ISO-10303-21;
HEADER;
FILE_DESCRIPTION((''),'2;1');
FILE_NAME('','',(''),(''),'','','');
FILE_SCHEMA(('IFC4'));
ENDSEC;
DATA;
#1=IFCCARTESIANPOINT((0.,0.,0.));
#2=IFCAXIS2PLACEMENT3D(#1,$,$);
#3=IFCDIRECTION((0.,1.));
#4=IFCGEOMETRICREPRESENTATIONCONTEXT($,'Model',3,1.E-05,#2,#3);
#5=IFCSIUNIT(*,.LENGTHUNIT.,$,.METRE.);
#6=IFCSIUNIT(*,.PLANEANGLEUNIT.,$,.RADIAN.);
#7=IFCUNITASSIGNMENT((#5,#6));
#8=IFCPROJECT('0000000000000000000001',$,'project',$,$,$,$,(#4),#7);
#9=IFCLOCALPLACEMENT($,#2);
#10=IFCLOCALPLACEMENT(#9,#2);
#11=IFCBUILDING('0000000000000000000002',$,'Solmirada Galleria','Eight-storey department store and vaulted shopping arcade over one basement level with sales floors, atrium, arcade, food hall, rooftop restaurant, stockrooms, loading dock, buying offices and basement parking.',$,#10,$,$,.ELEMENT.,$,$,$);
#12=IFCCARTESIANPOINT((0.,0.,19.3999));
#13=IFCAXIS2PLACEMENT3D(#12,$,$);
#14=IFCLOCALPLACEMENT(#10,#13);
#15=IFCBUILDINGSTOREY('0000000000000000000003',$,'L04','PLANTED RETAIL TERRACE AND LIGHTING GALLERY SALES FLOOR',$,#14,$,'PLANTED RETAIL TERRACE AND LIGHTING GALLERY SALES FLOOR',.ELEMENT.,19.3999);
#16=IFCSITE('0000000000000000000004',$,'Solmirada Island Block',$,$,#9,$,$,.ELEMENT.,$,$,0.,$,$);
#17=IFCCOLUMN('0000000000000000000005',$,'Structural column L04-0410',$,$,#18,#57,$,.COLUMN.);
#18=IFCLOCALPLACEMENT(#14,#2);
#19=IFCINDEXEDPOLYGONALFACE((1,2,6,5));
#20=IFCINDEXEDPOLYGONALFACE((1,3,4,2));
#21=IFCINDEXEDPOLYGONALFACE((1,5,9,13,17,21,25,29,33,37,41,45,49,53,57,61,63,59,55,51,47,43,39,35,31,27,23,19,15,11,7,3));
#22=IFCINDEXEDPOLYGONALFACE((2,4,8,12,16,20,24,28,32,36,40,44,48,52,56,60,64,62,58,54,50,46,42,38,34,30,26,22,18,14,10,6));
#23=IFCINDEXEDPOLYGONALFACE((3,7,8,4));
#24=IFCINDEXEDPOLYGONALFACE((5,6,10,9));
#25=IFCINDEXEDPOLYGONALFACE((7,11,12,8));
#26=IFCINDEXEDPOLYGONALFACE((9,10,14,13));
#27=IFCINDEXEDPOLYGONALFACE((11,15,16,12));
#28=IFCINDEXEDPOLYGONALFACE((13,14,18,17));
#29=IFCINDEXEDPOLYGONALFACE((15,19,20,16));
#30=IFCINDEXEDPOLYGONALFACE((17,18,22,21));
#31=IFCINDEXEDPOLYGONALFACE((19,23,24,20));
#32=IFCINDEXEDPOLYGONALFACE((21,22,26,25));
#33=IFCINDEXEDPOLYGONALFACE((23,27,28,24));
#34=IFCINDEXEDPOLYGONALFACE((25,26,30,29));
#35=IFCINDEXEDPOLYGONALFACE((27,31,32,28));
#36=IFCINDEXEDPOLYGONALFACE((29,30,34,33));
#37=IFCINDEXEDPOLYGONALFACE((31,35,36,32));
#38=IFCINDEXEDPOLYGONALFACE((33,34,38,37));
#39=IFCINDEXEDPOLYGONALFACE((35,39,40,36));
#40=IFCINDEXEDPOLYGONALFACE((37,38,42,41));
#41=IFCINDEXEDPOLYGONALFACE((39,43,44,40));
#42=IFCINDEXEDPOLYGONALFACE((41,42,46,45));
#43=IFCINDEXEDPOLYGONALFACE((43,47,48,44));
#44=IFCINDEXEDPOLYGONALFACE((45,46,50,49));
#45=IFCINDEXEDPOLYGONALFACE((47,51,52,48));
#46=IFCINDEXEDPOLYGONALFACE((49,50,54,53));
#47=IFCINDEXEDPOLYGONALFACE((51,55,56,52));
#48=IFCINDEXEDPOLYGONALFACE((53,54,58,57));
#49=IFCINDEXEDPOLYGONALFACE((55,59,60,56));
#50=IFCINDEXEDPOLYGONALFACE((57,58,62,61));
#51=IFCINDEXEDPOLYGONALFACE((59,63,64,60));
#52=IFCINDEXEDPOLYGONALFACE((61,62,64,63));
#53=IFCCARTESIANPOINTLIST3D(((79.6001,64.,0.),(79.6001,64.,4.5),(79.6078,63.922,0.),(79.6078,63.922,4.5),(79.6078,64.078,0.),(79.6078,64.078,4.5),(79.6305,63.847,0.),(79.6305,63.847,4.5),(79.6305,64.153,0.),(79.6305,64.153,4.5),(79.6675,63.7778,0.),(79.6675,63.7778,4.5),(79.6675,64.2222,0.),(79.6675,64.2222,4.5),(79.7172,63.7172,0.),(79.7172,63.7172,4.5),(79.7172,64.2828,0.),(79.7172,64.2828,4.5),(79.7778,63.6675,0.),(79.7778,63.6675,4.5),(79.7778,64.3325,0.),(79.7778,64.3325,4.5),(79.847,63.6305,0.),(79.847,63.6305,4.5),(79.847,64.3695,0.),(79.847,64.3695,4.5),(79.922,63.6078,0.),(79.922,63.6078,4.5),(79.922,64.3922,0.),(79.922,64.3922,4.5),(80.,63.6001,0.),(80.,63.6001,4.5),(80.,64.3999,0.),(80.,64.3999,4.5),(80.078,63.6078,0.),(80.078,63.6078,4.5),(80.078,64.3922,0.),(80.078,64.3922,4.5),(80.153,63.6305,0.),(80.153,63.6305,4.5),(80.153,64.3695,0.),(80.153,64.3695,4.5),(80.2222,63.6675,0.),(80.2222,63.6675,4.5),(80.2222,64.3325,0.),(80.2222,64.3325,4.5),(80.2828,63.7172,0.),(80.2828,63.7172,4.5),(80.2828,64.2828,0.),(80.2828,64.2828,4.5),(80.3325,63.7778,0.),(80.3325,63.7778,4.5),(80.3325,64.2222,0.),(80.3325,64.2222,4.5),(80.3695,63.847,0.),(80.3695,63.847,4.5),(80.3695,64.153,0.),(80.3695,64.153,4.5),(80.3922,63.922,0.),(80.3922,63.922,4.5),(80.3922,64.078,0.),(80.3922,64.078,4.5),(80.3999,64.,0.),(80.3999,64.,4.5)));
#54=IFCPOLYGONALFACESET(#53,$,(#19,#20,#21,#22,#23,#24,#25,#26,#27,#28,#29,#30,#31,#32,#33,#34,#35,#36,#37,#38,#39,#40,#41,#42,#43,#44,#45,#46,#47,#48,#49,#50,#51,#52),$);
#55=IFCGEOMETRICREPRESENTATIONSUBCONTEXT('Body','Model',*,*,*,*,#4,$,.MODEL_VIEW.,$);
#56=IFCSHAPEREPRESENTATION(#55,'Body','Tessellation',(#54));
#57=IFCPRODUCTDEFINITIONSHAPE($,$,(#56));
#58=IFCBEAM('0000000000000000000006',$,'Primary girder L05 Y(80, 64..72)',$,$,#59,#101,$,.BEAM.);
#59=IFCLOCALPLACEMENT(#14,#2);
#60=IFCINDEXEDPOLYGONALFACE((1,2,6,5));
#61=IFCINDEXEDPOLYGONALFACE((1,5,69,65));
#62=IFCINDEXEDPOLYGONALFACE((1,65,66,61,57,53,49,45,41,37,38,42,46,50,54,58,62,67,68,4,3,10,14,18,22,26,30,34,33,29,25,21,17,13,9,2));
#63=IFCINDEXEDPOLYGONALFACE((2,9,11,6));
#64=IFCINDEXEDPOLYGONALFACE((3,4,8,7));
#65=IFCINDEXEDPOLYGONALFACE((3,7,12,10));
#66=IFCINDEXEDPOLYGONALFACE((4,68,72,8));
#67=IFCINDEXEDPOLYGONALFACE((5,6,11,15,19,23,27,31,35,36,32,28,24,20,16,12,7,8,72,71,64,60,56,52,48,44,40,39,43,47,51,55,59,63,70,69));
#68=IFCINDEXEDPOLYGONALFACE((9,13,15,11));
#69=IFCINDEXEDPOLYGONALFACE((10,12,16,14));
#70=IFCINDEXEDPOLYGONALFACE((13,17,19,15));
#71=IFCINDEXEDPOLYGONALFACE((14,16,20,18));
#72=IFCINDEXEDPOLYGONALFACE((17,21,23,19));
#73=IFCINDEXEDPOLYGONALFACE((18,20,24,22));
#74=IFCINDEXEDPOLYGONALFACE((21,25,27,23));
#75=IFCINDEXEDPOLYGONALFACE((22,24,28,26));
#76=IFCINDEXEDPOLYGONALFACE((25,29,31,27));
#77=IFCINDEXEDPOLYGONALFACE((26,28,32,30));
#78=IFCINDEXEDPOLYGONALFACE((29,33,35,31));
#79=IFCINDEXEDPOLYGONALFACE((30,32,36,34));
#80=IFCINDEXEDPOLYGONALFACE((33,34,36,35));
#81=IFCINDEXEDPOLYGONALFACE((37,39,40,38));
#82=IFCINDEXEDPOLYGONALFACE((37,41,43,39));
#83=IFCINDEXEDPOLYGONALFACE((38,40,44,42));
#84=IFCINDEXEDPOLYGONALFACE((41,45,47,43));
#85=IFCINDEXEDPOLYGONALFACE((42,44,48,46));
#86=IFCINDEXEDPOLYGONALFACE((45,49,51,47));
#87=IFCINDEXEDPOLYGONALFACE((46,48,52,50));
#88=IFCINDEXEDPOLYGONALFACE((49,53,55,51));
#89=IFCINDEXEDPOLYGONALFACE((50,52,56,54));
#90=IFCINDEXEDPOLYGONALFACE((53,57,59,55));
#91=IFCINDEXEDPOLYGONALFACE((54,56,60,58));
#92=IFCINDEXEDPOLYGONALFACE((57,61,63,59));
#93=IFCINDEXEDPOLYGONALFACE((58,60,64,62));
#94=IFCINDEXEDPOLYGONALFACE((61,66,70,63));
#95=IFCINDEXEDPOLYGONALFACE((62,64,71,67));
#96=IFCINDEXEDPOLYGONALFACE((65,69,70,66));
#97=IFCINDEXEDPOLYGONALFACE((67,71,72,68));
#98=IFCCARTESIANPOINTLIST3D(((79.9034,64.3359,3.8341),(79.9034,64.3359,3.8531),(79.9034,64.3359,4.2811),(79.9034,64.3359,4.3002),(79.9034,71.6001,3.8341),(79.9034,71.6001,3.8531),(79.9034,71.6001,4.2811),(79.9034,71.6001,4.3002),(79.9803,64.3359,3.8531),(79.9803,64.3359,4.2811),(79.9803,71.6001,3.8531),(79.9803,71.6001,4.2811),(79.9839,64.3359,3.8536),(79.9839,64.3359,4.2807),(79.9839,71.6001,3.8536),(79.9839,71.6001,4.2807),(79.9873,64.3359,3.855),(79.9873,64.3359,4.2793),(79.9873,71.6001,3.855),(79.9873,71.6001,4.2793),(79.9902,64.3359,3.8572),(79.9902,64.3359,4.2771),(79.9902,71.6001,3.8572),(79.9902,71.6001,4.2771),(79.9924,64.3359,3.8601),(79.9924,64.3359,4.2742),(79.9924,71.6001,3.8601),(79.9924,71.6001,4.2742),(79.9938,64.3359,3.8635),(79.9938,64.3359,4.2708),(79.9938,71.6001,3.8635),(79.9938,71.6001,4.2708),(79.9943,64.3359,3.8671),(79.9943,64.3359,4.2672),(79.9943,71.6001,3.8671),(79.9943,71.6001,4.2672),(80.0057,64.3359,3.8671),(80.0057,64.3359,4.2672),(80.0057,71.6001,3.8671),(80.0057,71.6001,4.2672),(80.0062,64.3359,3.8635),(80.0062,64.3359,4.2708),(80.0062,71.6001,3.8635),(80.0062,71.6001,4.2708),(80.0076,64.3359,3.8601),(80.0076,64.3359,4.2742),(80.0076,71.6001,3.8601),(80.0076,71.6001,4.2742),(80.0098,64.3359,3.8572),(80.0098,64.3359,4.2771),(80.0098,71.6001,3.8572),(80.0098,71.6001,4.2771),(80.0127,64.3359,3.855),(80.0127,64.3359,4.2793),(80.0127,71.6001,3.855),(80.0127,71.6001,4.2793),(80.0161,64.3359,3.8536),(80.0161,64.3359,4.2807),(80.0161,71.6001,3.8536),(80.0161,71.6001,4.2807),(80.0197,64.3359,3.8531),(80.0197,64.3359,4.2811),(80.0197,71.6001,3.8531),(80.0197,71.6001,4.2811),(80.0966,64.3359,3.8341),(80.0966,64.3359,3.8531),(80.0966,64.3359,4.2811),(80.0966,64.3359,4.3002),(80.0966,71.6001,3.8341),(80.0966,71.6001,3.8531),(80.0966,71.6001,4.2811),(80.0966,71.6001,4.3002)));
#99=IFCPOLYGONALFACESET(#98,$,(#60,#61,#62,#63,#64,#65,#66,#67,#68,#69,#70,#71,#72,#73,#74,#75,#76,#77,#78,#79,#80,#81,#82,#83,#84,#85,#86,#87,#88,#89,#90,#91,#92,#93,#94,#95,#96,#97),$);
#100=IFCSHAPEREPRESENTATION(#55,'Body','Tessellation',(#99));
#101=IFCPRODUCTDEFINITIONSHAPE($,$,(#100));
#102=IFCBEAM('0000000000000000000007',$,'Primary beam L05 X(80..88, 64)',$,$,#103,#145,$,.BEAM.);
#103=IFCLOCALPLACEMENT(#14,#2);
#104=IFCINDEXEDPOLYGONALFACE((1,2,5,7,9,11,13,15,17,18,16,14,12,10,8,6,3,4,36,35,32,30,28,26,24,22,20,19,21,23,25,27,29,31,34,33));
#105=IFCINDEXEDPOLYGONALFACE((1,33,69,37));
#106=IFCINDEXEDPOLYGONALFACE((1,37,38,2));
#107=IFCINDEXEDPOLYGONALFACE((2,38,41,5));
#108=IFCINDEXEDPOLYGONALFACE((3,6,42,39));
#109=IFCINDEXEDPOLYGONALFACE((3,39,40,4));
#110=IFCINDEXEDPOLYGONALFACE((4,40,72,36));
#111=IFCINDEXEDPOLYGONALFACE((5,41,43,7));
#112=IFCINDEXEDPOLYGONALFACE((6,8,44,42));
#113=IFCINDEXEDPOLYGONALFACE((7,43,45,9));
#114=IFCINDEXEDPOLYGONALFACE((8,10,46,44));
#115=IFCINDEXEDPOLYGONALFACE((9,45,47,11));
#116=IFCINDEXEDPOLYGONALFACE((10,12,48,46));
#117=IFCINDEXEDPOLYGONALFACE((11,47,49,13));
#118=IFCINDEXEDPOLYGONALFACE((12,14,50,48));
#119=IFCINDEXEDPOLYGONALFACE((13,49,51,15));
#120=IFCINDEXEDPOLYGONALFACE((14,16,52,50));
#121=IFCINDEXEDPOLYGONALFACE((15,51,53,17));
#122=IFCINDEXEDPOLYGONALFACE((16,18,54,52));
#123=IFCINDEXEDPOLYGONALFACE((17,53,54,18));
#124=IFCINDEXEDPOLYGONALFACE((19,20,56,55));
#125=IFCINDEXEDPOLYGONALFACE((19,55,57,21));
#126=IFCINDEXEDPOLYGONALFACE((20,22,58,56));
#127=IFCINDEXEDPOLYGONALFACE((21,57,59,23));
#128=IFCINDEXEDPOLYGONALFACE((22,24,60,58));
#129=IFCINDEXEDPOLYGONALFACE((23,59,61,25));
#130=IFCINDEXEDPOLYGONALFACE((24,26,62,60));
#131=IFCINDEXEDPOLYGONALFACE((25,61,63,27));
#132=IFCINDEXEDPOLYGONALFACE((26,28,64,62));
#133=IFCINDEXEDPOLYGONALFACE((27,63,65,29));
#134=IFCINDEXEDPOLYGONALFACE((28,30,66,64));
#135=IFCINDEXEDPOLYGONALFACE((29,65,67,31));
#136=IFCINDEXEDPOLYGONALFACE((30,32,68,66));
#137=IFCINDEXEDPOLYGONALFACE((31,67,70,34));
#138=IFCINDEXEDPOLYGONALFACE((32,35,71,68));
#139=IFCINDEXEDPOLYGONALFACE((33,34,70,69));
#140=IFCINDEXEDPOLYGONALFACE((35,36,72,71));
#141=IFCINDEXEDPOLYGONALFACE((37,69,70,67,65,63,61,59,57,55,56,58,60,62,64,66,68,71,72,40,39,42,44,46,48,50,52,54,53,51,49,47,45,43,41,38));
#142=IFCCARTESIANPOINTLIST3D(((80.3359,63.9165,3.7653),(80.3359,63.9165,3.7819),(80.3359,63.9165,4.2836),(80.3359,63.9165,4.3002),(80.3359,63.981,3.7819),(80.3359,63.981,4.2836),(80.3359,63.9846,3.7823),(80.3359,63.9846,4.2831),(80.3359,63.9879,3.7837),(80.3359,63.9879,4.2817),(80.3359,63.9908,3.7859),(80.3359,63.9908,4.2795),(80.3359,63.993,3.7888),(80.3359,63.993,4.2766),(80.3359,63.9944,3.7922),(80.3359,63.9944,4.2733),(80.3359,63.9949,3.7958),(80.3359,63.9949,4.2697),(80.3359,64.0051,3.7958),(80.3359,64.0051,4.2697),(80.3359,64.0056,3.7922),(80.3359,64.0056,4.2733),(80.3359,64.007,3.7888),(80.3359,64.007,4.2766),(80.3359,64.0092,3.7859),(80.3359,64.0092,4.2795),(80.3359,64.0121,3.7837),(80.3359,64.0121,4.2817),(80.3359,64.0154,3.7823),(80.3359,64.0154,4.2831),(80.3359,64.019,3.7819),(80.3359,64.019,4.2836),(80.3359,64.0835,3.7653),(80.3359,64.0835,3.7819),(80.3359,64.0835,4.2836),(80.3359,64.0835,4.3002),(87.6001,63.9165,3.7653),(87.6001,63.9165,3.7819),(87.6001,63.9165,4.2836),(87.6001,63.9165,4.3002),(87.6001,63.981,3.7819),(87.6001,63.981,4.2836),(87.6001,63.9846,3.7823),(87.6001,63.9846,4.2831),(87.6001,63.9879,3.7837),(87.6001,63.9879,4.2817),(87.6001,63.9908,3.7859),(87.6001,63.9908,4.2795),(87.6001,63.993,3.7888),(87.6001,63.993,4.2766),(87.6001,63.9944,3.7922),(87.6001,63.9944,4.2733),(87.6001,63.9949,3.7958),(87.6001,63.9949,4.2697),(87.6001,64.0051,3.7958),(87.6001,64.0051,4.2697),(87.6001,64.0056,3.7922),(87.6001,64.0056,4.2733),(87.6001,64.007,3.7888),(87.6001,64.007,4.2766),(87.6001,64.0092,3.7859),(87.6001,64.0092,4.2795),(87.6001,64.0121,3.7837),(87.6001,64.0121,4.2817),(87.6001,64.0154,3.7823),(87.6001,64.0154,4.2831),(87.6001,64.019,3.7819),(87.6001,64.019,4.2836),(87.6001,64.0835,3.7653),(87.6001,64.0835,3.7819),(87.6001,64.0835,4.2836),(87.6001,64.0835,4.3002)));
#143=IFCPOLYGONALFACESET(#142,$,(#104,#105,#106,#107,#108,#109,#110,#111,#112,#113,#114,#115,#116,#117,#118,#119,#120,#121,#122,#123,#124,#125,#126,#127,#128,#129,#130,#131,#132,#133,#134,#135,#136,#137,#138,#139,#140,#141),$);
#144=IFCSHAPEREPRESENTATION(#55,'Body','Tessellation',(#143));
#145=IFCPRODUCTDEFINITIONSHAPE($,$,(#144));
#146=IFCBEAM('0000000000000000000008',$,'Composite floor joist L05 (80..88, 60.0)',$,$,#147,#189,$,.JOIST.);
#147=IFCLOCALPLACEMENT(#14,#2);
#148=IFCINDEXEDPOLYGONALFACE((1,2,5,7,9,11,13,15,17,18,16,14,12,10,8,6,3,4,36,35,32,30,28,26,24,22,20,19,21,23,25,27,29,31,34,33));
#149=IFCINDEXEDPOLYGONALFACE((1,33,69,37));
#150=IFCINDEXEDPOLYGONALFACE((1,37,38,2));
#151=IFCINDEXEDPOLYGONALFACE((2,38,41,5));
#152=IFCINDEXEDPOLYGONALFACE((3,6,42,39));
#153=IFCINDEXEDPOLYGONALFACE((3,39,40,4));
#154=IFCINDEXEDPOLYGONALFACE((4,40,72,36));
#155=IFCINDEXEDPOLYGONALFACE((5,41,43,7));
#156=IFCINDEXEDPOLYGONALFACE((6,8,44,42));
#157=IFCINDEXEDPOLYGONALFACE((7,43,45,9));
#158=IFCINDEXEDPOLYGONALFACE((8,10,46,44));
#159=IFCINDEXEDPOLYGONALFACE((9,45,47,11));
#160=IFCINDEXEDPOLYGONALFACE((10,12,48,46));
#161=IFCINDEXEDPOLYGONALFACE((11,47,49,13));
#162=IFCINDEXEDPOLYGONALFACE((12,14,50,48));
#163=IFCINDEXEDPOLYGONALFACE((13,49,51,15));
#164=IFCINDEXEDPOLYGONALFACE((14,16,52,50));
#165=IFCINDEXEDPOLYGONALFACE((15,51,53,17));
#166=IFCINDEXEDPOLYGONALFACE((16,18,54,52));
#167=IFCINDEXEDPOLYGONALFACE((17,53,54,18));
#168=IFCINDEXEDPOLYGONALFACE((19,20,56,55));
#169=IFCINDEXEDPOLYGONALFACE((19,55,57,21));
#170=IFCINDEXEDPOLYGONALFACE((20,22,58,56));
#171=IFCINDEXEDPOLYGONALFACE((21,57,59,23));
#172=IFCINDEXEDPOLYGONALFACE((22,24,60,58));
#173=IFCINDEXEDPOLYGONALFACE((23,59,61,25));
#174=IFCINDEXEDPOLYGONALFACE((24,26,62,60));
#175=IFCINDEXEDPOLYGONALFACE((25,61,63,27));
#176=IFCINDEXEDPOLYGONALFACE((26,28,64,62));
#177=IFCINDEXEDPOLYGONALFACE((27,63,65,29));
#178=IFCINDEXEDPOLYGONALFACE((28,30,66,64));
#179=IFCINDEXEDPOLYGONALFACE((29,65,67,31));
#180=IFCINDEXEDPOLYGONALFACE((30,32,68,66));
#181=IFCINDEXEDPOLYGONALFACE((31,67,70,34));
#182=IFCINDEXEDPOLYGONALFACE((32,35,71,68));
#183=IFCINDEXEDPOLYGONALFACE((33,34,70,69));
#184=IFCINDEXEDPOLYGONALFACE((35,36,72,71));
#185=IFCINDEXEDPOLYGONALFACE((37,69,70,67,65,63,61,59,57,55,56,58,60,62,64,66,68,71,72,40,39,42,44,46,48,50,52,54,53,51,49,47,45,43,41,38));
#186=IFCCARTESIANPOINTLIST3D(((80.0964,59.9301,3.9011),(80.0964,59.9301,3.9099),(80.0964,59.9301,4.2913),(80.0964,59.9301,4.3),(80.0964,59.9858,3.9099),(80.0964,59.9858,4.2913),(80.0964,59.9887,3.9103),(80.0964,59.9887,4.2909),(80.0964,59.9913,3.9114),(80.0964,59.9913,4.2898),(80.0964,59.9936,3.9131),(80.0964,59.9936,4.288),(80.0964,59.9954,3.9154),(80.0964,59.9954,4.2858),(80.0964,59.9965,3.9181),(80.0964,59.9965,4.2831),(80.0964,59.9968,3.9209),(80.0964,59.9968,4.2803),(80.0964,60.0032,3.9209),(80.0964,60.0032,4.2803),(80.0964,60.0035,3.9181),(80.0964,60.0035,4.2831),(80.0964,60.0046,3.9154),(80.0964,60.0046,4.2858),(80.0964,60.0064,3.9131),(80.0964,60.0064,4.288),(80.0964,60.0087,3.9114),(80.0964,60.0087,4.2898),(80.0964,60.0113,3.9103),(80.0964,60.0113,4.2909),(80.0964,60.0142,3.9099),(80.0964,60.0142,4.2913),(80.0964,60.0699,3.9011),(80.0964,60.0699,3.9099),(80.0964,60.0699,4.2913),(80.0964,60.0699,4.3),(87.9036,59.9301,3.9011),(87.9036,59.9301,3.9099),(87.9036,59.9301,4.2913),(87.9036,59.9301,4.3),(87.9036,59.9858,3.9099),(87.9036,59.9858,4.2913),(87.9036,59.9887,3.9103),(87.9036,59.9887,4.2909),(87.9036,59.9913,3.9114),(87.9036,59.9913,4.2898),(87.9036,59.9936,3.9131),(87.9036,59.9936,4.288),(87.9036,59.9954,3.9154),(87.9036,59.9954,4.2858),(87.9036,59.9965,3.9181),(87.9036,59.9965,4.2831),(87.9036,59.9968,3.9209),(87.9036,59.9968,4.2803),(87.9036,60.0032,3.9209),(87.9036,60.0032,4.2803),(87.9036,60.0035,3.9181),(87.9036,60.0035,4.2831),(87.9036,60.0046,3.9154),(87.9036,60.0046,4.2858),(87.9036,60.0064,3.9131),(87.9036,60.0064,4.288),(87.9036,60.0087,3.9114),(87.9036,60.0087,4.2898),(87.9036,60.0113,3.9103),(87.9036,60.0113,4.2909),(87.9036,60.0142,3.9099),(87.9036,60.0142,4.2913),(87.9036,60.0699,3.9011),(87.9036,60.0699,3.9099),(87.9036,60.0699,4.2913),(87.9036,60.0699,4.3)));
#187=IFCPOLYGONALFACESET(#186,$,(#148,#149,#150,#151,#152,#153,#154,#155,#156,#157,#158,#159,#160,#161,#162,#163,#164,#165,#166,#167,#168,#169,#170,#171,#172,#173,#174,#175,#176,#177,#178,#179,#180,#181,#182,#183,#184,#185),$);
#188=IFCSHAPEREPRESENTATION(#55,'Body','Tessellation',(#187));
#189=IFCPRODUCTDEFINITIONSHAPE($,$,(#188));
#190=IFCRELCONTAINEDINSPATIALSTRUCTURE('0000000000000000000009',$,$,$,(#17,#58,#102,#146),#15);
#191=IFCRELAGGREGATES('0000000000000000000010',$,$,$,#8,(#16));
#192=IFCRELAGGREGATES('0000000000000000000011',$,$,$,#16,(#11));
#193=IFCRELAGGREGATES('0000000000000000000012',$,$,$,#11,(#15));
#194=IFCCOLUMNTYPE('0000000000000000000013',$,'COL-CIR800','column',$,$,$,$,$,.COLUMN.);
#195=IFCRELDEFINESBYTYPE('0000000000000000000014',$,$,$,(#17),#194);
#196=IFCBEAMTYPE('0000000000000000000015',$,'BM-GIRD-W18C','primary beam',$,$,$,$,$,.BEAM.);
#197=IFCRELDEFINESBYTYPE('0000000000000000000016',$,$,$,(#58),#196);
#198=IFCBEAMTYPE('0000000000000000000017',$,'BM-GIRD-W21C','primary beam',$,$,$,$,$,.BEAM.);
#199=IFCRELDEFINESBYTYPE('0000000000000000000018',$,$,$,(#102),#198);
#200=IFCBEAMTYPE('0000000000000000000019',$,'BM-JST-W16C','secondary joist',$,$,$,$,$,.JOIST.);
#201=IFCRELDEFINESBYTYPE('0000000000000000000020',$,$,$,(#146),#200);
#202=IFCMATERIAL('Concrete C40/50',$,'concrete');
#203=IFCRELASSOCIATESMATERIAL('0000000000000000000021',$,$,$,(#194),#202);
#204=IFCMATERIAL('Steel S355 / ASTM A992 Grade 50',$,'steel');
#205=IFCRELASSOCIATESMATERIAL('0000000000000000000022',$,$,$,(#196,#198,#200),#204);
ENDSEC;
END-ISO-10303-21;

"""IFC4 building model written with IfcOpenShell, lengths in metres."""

from ifc_helpers import new_model, si_unit, direction, frame, origin, origin_2d, place, context, subcontext, project, spatial, circle, i_section, extrude, material, material_profile, profile_set, type_object, element, save


model = new_model("IFC4")

# Units and contexts
model_context = context("Model", 3, precision=1e-05, world=origin(), true_north=direction((0.0, 1.0)))
body_context = subcontext(model_context, "Body", "Model", "MODEL_VIEW")
ifc_project = project(units=[si_unit("LENGTHUNIT", "METRE"), si_unit("PLANEANGLEUNIT", "RADIAN")], contexts=[model_context])

# Site, building, storey
site_placement = place(None, origin())
site = spatial("IfcSite", under=ifc_project, at=site_placement, Name="Solmirada Island Block", CompositionType="ELEMENT", RefElevation=0.0)
building_placement = place(site_placement, origin())
building = spatial("IfcBuilding", under=site, at=building_placement, Name="Solmirada Galleria", Description="Eight-storey department store and vaulted shopping arcade over one basement level with sales floors, atrium, arcade, food hall, rooftop restaurant, stockrooms, loading dock, buying offices and basement parking.", CompositionType="ELEMENT")
storey_placement = place(building_placement, frame((0.0, 0.0, 19.3999)))
storey = spatial("IfcBuildingStorey", under=building, at=storey_placement, Name="L04", Description="PLANTED RETAIL TERRACE AND LIGHTING GALLERY SALES FLOOR", LongName="PLANTED RETAIL TERRACE AND LIGHTING GALLERY SALES FLOOR", CompositionType="ELEMENT", Elevation=19.3999)

# Column
ifc_material_1 = material(Name="Concrete C40/50", Category="concrete")
ifc_material_profile_1 = material_profile(ifc_material_1, circle(Radius=0.3999, at=origin_2d()), Name="RCCOL800")
ifc_profile_set_1 = profile_set([ifc_material_profile_1], Name="Concrete C40/50")
column_type = type_object("IfcColumnType", Name="COL-CIR800", Description="column", PredefinedType="COLUMN", material=ifc_profile_set_1)
column_placement = place(storey_placement, frame((80.0, 64.0, 0.0), z_axis=(0.0, 0.0, 1.0), x_axis=(1.0, 0.0, 0.0)))
element("IfcColumn", 1, at=column_placement, inside=storey, type_object=column_type, Name="Structural column L04-0410", PredefinedType="COLUMN", context=body_context, shape_type="SweptSolid", body=[
    extrude(circle(Radius=0.3999, at=origin_2d()), origin(), (0.0, 0.0, 1.0), 4.5),
])

# Beams
ifc_material_2 = material(Name="Steel S355 / ASTM A992 Grade 50", Category="steel")
ifc_material_profile_2 = material_profile(ifc_material_2, i_section(OverallWidth=0.1931, OverallDepth=0.4661, WebThickness=0.0115, FlangeThickness=0.019, FilletRadius=0.0139, at=origin_2d()), Name="W18X65")
ifc_profile_set_2 = profile_set([ifc_material_profile_2], Name="Steel S355 / ASTM A992 Grade 50")
beam_type_1 = type_object("IfcBeamType", Name="BM-GIRD-W18C", Description="primary beam", PredefinedType="BEAM", material=ifc_profile_set_2)
beam_1_placement = place(storey_placement, frame((80.0, 64.3359, 4.0671), z_axis=(0.0, 1.0, 0.0), x_axis=(-1.0, 0.0, 0.0)))
element("IfcBeam", 2, at=beam_1_placement, inside=storey, type_object=beam_type_1, Name="Primary girder L05 Y(80, 64..72)", PredefinedType="BEAM", context=body_context, shape_type="SweptSolid", body=[
    extrude(i_section(OverallWidth=0.1931, OverallDepth=0.4661, WebThickness=0.0115, FlangeThickness=0.019, FilletRadius=0.0139, at=origin_2d()), origin(), (0.0, 0.0, 1.0), 7.2642),
])
ifc_material_profile_3 = material_profile(ifc_material_2, i_section(OverallWidth=0.167, OverallDepth=0.5349, WebThickness=0.0103, FlangeThickness=0.0166, FilletRadius=0.0139, at=origin_2d()), Name="W21X57")
ifc_profile_set_3 = profile_set([ifc_material_profile_3], Name="Steel S355 / ASTM A992 Grade 50")
beam_type_2 = type_object("IfcBeamType", Name="BM-GIRD-W21C", Description="primary beam", PredefinedType="BEAM", material=ifc_profile_set_3)
beam_2_placement = place(storey_placement, frame((80.3359, 64.0, 4.0327), z_axis=(1.0, 0.0, 0.0), x_axis=(0.0, 1.0, 0.0)))
element("IfcBeam", 3, at=beam_2_placement, inside=storey, type_object=beam_type_2, Name="Primary beam L05 X(80..88, 64)", PredefinedType="BEAM", context=body_context, shape_type="SweptSolid", body=[
    extrude(i_section(OverallWidth=0.167, OverallDepth=0.5349, WebThickness=0.0103, FlangeThickness=0.0166, FilletRadius=0.0139, at=origin_2d()), origin(), (0.0, 0.0, 1.0), 7.2642),
])
ifc_material_profile_4 = material_profile(ifc_material_2, i_section(OverallWidth=0.1399, OverallDepth=0.3989, WebThickness=0.0063, FlangeThickness=0.0088, FilletRadius=0.011, at=origin_2d()), Name="W16X26")
ifc_profile_set_4 = profile_set([ifc_material_profile_4], Name="Steel S355 / ASTM A992 Grade 50")
beam_type_3 = type_object("IfcBeamType", Name="BM-JST-W16C", Description="secondary joist", PredefinedType="JOIST", material=ifc_profile_set_4)
beam_3_placement = place(storey_placement, frame((80.0964, 60.0, 4.1006), z_axis=(1.0, 0.0, 0.0), x_axis=(0.0, 1.0, 0.0)))
element("IfcBeam", 4, at=beam_3_placement, inside=storey, type_object=beam_type_3, Name="Composite floor joist L05 (80..88, 60.0)", PredefinedType="JOIST", context=body_context, shape_type="SweptSolid", body=[
    extrude(i_section(OverallWidth=0.1399, OverallDepth=0.3989, WebThickness=0.0063, FlangeThickness=0.0088, FilletRadius=0.011, at=origin_2d()), origin(), (0.0, 0.0, 1.0), 7.8071),
])

save(model, "model.ifc")
